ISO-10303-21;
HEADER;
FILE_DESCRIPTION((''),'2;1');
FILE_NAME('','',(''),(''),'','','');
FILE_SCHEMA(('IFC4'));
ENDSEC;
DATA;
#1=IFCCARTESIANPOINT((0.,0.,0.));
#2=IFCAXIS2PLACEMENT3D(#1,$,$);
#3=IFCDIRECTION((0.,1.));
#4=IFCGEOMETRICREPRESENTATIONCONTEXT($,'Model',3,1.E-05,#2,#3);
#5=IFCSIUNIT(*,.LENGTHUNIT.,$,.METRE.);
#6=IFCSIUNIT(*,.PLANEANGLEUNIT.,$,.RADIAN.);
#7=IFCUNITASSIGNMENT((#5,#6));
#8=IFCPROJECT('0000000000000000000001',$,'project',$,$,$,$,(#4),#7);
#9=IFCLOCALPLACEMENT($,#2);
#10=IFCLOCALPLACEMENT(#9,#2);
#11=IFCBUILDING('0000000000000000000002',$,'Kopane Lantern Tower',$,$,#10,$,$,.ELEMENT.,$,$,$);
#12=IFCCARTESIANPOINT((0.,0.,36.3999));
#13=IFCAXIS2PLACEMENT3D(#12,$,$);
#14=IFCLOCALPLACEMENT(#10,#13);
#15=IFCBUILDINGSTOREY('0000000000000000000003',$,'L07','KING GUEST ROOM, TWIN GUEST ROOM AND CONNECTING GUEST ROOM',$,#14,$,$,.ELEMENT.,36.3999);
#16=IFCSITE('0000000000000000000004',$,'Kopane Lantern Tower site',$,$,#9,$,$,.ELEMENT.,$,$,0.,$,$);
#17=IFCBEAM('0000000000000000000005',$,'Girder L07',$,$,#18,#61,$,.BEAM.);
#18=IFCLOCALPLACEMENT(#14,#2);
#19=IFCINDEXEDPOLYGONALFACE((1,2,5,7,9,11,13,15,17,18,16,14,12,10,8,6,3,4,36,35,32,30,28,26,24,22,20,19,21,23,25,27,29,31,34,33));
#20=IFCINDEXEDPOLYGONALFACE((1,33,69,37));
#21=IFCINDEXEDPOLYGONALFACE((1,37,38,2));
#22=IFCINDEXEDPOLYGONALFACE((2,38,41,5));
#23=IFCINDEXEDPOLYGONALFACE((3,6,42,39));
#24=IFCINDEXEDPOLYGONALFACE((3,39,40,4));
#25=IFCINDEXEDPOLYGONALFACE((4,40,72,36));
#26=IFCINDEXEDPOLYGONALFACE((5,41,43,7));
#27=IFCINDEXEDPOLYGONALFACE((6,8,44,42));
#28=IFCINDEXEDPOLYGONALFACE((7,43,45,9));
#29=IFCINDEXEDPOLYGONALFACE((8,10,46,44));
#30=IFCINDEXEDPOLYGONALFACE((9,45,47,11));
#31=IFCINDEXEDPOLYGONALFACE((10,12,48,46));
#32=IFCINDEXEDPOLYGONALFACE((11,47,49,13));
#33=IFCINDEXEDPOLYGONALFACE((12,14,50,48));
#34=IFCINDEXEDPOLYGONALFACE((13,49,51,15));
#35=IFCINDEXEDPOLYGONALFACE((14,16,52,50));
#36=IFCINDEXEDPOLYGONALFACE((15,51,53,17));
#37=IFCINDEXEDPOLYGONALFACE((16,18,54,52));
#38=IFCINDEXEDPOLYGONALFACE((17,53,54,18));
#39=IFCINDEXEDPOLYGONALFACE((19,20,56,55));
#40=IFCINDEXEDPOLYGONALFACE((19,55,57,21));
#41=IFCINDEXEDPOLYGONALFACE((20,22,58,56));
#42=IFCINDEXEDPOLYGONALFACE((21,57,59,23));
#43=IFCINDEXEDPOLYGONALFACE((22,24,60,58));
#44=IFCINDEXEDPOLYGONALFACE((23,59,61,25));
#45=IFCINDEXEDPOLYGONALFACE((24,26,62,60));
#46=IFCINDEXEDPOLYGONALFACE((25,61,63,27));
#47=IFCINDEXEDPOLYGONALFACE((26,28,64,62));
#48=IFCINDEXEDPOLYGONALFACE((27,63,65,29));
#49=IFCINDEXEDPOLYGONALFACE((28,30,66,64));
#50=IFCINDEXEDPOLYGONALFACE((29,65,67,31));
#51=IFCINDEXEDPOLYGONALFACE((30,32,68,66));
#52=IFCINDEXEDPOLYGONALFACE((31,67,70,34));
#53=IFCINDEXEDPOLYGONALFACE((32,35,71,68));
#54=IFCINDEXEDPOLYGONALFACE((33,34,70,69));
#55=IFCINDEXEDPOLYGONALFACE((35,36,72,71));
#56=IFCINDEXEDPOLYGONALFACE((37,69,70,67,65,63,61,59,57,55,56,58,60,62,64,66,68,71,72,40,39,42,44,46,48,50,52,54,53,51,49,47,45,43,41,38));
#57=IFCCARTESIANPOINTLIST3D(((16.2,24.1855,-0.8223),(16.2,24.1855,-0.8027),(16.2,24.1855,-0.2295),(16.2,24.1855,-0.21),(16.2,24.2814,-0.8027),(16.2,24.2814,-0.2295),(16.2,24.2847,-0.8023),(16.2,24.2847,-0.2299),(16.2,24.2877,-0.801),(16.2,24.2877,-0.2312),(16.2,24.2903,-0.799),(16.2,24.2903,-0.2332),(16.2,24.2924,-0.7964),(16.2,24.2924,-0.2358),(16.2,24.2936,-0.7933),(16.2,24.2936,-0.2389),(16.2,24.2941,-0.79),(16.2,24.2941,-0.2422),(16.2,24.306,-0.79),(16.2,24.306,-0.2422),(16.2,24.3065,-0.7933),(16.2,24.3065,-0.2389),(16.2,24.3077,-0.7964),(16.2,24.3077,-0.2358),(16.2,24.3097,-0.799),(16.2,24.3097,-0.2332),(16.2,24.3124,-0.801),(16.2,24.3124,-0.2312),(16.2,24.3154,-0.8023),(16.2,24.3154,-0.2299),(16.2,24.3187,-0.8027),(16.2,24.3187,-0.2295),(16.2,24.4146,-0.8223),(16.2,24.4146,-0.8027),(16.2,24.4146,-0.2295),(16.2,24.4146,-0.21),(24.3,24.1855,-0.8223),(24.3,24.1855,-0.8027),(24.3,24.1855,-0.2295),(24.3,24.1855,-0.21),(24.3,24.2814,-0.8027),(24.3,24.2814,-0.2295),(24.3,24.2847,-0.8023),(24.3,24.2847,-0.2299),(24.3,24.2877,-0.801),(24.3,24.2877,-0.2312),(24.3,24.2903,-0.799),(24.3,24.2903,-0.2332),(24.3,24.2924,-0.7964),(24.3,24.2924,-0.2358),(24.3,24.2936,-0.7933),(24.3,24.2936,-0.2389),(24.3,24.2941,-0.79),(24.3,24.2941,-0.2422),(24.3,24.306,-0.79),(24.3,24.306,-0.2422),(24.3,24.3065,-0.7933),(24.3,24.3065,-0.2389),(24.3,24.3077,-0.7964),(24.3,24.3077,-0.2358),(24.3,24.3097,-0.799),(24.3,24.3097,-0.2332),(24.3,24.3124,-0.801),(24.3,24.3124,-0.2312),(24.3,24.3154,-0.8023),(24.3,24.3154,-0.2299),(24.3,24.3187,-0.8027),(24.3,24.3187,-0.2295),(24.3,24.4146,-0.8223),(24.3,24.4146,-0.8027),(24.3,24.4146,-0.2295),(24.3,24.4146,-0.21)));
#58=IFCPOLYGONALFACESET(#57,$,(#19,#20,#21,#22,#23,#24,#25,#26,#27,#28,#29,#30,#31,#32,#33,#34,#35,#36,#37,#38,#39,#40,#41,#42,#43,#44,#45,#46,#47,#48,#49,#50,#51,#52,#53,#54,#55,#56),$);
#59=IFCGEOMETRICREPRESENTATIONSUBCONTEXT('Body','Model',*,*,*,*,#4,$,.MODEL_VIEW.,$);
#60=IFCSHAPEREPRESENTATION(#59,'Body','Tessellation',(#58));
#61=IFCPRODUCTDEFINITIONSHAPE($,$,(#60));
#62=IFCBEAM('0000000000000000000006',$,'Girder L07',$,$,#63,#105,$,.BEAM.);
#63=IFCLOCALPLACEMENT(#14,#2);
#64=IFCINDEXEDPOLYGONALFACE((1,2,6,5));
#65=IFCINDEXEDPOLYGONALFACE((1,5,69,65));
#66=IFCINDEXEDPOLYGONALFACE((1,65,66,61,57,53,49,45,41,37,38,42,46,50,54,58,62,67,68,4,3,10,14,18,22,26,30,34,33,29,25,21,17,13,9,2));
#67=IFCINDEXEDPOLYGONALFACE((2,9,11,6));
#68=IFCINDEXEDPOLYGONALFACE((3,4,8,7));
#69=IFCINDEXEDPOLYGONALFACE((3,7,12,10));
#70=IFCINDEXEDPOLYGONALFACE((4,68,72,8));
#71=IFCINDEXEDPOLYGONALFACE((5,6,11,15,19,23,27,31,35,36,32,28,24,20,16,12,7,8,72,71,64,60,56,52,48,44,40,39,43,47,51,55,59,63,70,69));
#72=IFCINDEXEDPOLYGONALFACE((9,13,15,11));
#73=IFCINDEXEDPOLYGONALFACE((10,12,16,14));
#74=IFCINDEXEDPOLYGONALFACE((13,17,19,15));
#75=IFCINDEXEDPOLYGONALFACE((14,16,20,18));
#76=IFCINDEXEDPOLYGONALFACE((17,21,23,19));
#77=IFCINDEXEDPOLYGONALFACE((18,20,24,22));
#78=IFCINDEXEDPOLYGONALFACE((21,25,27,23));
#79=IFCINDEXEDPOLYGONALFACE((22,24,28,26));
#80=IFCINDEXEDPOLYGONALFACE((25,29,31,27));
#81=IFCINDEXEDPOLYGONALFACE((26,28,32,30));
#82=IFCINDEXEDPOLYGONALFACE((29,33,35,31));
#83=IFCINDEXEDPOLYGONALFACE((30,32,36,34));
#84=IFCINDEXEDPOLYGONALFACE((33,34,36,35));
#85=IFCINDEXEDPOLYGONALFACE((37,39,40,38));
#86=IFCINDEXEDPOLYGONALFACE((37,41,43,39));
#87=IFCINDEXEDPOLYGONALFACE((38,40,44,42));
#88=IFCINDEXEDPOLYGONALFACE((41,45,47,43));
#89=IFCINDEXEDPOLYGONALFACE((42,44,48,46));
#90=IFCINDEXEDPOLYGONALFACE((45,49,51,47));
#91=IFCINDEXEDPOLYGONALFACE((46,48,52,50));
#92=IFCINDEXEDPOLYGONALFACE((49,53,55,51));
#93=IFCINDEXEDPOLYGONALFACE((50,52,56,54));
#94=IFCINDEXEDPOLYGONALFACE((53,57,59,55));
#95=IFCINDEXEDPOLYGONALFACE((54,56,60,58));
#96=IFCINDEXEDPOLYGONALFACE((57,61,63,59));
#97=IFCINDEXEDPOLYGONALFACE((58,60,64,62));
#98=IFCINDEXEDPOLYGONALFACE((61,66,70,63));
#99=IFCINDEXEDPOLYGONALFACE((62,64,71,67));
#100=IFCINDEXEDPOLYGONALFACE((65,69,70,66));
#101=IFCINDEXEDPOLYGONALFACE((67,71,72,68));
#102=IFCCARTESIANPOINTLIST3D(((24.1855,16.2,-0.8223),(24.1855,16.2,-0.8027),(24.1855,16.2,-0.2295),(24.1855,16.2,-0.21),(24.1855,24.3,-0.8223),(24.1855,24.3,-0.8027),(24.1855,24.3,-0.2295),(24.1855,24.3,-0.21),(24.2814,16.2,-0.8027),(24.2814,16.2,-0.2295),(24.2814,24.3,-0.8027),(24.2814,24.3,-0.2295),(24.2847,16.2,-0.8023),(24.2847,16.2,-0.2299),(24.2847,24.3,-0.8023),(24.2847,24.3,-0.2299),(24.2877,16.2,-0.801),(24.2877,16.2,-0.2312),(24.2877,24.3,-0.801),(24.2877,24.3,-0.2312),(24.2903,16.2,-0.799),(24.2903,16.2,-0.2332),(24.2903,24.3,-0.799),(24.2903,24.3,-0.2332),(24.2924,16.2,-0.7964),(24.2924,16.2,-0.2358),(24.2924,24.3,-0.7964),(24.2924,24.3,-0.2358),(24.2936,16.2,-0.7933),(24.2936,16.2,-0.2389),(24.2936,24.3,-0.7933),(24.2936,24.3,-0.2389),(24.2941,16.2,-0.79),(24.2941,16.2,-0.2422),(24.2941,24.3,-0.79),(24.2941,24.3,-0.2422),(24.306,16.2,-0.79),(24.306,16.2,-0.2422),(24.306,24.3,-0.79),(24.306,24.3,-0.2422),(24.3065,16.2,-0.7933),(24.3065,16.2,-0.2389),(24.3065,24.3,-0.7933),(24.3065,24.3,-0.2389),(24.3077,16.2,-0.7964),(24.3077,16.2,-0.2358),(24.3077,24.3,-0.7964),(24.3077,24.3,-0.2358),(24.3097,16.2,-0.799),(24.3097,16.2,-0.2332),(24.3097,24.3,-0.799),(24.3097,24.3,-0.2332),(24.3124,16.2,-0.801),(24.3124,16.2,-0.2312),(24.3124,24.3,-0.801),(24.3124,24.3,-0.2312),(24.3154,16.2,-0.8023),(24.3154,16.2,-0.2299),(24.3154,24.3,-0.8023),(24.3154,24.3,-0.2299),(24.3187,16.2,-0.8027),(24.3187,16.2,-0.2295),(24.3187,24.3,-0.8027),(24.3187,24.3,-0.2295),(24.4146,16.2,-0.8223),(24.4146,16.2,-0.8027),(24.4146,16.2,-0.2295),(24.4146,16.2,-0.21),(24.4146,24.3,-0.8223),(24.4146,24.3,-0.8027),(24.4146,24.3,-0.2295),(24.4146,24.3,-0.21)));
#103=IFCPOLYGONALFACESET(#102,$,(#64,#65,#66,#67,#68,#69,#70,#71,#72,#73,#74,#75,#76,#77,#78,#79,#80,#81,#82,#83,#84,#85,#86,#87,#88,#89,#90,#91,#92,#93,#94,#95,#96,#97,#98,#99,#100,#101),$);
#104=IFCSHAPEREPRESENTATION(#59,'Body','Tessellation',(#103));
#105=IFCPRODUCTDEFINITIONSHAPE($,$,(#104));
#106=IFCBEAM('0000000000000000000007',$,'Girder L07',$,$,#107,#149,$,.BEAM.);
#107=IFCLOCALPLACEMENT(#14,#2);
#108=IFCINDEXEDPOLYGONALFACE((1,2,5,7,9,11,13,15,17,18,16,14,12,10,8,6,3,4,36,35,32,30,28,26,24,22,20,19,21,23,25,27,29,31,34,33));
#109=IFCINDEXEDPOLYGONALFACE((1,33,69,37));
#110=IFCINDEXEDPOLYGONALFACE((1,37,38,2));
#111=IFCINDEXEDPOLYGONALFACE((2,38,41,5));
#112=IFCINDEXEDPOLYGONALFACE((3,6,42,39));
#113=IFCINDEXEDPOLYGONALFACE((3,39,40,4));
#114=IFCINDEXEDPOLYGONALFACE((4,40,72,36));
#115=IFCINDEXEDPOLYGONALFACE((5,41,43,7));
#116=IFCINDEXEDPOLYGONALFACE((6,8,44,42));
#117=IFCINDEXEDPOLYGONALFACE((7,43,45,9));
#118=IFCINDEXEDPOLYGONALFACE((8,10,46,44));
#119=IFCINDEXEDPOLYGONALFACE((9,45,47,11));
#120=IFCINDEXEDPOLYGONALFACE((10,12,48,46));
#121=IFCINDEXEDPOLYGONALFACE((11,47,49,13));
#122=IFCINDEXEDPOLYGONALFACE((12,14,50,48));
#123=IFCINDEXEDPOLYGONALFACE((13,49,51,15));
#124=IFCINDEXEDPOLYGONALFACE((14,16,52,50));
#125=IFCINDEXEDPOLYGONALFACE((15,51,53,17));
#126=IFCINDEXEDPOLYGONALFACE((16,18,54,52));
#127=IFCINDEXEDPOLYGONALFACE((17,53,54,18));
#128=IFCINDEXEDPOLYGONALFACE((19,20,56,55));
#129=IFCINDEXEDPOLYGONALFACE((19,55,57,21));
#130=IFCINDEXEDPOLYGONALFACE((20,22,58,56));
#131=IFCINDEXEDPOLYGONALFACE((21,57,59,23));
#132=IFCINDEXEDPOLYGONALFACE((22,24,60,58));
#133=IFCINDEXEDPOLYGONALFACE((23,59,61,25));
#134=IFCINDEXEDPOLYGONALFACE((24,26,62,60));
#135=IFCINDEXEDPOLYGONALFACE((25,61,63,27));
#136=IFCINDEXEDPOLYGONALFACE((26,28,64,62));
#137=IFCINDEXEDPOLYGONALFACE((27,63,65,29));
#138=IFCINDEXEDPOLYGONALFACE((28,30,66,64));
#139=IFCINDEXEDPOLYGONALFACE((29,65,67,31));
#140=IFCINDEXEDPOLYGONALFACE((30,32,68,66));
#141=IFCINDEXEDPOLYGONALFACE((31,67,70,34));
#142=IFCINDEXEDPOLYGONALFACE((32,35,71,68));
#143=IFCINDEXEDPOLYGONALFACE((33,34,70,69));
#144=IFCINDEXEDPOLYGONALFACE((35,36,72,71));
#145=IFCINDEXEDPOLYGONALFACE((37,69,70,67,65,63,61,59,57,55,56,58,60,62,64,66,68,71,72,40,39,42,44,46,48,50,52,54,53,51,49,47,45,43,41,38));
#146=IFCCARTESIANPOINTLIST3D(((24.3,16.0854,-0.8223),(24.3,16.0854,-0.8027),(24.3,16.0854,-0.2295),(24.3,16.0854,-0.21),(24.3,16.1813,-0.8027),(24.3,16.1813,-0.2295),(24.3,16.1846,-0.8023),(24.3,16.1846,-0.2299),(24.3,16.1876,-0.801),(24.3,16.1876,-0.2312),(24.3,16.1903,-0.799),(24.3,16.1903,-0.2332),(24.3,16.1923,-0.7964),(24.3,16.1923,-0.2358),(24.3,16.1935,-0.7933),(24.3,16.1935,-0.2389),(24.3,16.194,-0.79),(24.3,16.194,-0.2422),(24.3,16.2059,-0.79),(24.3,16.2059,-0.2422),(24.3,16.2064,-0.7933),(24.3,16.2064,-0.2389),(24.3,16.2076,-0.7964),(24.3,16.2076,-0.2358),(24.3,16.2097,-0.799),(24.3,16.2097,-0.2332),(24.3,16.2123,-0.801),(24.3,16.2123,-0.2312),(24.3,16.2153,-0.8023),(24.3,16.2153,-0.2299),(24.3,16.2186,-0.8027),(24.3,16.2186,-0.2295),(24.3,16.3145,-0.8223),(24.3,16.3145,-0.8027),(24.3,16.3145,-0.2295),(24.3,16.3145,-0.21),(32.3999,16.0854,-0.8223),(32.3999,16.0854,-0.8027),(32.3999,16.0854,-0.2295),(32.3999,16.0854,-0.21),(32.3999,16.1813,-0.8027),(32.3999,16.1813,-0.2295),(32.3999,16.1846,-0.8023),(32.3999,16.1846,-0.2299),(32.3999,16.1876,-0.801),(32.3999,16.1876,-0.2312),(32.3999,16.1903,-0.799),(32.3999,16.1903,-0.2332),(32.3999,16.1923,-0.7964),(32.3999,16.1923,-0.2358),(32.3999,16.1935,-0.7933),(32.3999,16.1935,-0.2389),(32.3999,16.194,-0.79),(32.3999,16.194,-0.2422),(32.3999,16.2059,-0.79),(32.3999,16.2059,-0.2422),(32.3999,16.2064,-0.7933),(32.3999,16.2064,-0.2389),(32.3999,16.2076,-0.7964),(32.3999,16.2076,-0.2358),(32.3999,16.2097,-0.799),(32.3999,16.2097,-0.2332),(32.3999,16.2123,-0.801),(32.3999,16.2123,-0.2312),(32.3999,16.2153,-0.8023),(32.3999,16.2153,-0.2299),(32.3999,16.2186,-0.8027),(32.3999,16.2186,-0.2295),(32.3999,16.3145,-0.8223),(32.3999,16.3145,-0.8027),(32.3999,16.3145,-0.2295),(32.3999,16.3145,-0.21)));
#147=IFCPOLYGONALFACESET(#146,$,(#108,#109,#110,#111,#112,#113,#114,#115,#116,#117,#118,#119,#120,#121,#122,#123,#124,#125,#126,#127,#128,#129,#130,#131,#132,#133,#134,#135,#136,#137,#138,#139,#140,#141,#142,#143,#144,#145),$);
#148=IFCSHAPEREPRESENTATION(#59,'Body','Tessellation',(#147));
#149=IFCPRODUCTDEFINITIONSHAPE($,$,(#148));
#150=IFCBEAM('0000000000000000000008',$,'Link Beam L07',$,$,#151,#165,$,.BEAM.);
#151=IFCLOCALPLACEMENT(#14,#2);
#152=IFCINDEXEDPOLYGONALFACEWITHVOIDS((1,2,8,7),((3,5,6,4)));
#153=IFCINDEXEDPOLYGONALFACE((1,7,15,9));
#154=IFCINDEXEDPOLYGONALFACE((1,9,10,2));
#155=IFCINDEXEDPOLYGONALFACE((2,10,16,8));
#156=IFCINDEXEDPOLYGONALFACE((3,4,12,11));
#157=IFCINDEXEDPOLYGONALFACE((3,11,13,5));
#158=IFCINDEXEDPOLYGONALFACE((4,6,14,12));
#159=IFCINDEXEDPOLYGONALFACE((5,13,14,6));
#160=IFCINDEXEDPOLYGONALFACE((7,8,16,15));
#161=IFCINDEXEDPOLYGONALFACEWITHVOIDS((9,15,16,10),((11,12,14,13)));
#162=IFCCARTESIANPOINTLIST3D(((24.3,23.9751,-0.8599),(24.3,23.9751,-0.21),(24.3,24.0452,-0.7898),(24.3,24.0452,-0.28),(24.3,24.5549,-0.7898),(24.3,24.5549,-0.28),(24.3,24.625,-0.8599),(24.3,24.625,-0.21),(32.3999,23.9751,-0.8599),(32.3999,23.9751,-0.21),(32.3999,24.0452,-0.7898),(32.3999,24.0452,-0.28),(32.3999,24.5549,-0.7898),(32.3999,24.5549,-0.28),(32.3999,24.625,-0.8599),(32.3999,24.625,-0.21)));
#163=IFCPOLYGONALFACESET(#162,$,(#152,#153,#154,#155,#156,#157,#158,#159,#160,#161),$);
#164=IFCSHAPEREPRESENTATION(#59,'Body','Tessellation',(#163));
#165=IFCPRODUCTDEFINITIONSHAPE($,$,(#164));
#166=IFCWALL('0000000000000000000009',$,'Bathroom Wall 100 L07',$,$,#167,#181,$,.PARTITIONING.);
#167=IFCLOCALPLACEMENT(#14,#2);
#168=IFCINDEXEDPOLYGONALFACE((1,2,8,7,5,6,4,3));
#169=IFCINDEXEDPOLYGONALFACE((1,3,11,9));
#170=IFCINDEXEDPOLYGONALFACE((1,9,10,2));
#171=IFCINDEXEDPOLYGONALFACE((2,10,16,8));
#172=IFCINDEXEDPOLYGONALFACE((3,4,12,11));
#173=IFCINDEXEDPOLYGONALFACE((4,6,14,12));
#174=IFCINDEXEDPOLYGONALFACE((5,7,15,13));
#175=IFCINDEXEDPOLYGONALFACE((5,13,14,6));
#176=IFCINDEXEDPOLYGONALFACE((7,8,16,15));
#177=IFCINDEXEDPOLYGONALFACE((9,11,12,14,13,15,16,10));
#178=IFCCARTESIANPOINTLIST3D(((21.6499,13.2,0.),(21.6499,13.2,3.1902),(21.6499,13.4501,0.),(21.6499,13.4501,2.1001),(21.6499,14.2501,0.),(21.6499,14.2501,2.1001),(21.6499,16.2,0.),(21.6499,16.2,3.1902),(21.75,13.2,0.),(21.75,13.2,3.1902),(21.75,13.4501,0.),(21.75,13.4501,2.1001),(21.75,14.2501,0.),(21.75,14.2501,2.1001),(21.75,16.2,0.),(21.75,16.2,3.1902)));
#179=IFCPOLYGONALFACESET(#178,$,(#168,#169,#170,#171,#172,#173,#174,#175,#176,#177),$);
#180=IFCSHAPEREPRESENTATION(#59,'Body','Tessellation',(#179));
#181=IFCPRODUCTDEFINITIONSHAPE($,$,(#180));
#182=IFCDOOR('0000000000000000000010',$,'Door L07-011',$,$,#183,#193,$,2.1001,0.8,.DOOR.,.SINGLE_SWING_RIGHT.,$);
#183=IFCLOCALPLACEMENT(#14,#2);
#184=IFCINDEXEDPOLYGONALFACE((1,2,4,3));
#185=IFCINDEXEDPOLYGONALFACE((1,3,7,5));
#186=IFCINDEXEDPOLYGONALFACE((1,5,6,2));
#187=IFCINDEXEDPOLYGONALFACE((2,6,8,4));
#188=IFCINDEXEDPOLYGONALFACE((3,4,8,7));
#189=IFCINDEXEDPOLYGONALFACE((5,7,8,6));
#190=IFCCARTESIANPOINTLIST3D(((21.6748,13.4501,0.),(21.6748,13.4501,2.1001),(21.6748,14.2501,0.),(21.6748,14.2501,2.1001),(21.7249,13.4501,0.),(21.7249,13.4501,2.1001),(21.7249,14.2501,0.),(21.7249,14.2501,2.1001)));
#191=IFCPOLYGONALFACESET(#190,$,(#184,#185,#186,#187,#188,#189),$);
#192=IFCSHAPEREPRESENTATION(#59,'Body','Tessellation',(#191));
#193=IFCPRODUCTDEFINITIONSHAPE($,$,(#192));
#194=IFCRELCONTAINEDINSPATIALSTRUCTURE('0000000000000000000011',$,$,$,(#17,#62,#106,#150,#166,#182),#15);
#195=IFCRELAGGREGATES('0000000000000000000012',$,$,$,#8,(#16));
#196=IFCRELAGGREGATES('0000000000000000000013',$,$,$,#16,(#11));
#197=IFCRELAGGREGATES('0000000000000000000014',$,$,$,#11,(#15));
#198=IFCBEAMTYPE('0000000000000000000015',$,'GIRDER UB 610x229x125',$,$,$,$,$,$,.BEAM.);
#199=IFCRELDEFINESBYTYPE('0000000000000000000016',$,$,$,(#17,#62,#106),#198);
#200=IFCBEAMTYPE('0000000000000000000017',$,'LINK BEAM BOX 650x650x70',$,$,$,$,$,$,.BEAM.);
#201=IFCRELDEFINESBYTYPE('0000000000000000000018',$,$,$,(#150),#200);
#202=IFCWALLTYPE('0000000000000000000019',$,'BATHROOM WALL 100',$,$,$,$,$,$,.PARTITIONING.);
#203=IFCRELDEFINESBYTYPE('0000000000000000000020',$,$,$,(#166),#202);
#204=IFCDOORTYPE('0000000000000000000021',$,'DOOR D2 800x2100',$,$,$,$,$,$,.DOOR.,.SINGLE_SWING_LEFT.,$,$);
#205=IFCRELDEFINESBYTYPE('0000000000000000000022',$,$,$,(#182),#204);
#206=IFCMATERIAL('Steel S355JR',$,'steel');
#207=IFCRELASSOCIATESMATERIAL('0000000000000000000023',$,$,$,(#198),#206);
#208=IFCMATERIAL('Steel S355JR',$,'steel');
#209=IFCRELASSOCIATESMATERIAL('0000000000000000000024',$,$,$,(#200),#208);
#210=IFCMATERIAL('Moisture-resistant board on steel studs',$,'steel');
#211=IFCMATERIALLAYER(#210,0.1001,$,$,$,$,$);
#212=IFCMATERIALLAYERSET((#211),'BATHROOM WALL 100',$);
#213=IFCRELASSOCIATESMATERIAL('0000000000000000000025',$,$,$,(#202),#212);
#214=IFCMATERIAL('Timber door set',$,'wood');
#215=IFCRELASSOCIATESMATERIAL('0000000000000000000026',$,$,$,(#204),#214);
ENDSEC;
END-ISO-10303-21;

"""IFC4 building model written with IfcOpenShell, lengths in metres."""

from ifc_helpers import new_model, si_unit, direction, frame, frame_2d, origin, origin_2d, place, context, subcontext, project, spatial, rectangle, hollow_rectangle, i_section, extrude, material, layer, layer_set, material_profile, profile_set, type_object, element, fill, save


model = new_model("IFC4")

# Units and contexts
model_context = context("Model", 3, precision=1e-05, world=origin(), true_north=direction((0.0, 1.0)))
body_context = subcontext(model_context, "Body", "Model", "MODEL_VIEW")
ifc_project = project(units=[si_unit("LENGTHUNIT", "METRE"), si_unit("PLANEANGLEUNIT", "RADIAN")], contexts=[model_context])

# Site, building, storey
site_placement = place(None, origin())
site = spatial("IfcSite", under=ifc_project, at=site_placement, Name="Kopane Lantern Tower site", CompositionType="ELEMENT", RefElevation=0.0)
building_placement = place(site_placement, origin())
building = spatial("IfcBuilding", under=site, at=building_placement, Name="Kopane Lantern Tower", CompositionType="ELEMENT")
storey_placement = place(building_placement, frame((0.0, 0.0, 36.3999)))
storey = spatial("IfcBuildingStorey", under=building, at=storey_placement, Name="L07", Description="KING GUEST ROOM, TWIN GUEST ROOM AND CONNECTING GUEST ROOM", CompositionType="ELEMENT", Elevation=36.3999)

# Beams
ifc_material_1 = material(Name="Steel S355JR", Category="steel")
ifc_material_profile_1 = material_profile(ifc_material_1, i_section(OverallWidth=0.229, OverallDepth=0.6123, WebThickness=0.012, FlangeThickness=0.0195, FilletRadius=0.0127, at=origin_2d()), Name="UB 610x229x125")
ifc_profile_set_1 = profile_set([ifc_material_profile_1], Name="Steel S355JR")
beam_type_1 = type_object("IfcBeamType", Name="GIRDER UB 610x229x125", PredefinedType="BEAM", material=ifc_profile_set_1)
for number, where, z_axis, x_axis, name in (
    (1, (16.2, 24.3, -0.5161), (1.0, 0.0, 0.0), (0.0, 1.0, 0.0), "Girder L07"),
    (2, (24.3, 16.2, -0.5161), (0.0, 1.0, 0.0), (-1.0, 0.0, 0.0), "Girder L07"),
):
    element("IfcBeam", number, at=place(storey_placement, frame(where, z_axis=z_axis, x_axis=x_axis)), inside=storey, type_object=beam_type_1, Name=name, PredefinedType="BEAM", context=body_context, shape_type="SweptSolid", body=[
        extrude(i_section(OverallWidth=0.229, OverallDepth=0.6123, WebThickness=0.012, FlangeThickness=0.0195, FilletRadius=0.0127, at=origin_2d()), origin(), (0.0, 0.0, 1.0), 8.1001),
    ])
beam_1_placement = place(storey_placement, frame((24.3, 16.2, -0.5161), z_axis=(1.0, 0.0, 0.0), x_axis=(0.0, 1.0, 0.0)))
element("IfcBeam", 3, at=beam_1_placement, inside=storey, type_object=beam_type_1, Name="Girder L07", PredefinedType="BEAM", context=body_context, shape_type="SweptSolid", body=[
    extrude(i_section(OverallWidth=0.229, OverallDepth=0.6123, WebThickness=0.012, FlangeThickness=0.0195, FilletRadius=0.0127, at=origin_2d()), origin(), (0.0, 0.0, 1.0), 8.0999),
])
ifc_material_2 = material(Name="Steel S355JR", Category="steel")
ifc_material_profile_2 = material_profile(ifc_material_2, hollow_rectangle(XDim=0.6499, YDim=0.6499, WallThickness=0.0701, at=origin_2d()), Name="BOX 650x650x70")
ifc_profile_set_2 = profile_set([ifc_material_profile_2], Name="Steel S355JR")
beam_type_2 = type_object("IfcBeamType", Name="LINK BEAM BOX 650x650x70", PredefinedType="BEAM", material=ifc_profile_set_2)
beam_2_placement = place(storey_placement, frame((24.3, 24.3, -0.5349), z_axis=(1.0, 0.0, 0.0), x_axis=(0.0, 1.0, 0.0)))
element("IfcBeam", 4, at=beam_2_placement, inside=storey, type_object=beam_type_2, Name="Link Beam L07", PredefinedType="BEAM", context=body_context, shape_type="SweptSolid", body=[
    extrude(hollow_rectangle(XDim=0.6499, YDim=0.6499, WallThickness=0.0701, at=origin_2d()), origin(), (0.0, 0.0, 1.0), 8.0999),
])

# Wall, opening, door
ifc_material_3 = material(Name="Moisture-resistant board on steel studs", Category="steel")
ifc_layer_1 = layer(ifc_material_3, 0.1001)
ifc_layer_set_1 = layer_set([ifc_layer_1], Name="BATHROOM WALL 100")
wall_type_1 = type_object("IfcWallType", Name="BATHROOM WALL 100", PredefinedType="PARTITIONING", material=ifc_layer_set_1)
wall_1_placement = place(storey_placement, frame((21.7, 16.2, 0.0), z_axis=(0.0, 0.0, 1.0), x_axis=(0.0, -1.0, 0.0)))
wall_1 = element("IfcWall", 5, at=wall_1_placement, inside=storey, type_object=wall_type_1, Name="Bathroom Wall 100 L07", PredefinedType="PARTITIONING", context=body_context, shape_type="SweptSolid", body=[
    extrude(rectangle(XDim=3.0, YDim=0.1001, at=frame_2d((1.5, 0.0))), origin(), (0.0, 0.0, 1.0), 3.1902),
])
opening_1_placement = place(wall_1_placement, frame((1.95, 0.0, 0.0)))
opening_1 = element("IfcOpeningElement", 6, at=opening_1_placement, cuts=wall_1, PredefinedType="OPENING", context=body_context, shape_type="SweptSolid", body=[
    extrude(rectangle(XDim=0.8, YDim=2.1001, at=frame_2d((0.3999, 1.05))), frame((0.0, 0.0601, 0.0), z_axis=(0.0, -1.0, 0.0), x_axis=(1.0, 0.0, 0.0)), (0.0, 0.0, 1.0), 0.1201),
])
ifc_material_4 = material(Name="Timber door set", Category="wood")
door_type_1 = type_object("IfcDoorType", Name="DOOR D2 800x2100", OperationType="SINGLE_SWING_LEFT", PredefinedType="DOOR", material=ifc_material_4)
door_1_placement = place(opening_1_placement, origin())
door_1 = element("IfcDoor", 7, at=door_1_placement, inside=storey, type_object=door_type_1, Name="Door L07-011", OperationType="SINGLE_SWING_RIGHT", OverallHeight=2.1001, OverallWidth=0.8, PredefinedType="DOOR", context=body_context, shape_type="SweptSolid", body=[
    extrude(rectangle(XDim=0.8, YDim=2.1001, at=frame_2d((0.3999, 1.05))), frame((0.0, 0.0249, 0.0), z_axis=(0.0, -1.0, 0.0), x_axis=(1.0, 0.0, 0.0)), (0.0, 0.0, 1.0), 0.05),
])
fill(opening_1, door_1)

save(model, "model.ifc")
